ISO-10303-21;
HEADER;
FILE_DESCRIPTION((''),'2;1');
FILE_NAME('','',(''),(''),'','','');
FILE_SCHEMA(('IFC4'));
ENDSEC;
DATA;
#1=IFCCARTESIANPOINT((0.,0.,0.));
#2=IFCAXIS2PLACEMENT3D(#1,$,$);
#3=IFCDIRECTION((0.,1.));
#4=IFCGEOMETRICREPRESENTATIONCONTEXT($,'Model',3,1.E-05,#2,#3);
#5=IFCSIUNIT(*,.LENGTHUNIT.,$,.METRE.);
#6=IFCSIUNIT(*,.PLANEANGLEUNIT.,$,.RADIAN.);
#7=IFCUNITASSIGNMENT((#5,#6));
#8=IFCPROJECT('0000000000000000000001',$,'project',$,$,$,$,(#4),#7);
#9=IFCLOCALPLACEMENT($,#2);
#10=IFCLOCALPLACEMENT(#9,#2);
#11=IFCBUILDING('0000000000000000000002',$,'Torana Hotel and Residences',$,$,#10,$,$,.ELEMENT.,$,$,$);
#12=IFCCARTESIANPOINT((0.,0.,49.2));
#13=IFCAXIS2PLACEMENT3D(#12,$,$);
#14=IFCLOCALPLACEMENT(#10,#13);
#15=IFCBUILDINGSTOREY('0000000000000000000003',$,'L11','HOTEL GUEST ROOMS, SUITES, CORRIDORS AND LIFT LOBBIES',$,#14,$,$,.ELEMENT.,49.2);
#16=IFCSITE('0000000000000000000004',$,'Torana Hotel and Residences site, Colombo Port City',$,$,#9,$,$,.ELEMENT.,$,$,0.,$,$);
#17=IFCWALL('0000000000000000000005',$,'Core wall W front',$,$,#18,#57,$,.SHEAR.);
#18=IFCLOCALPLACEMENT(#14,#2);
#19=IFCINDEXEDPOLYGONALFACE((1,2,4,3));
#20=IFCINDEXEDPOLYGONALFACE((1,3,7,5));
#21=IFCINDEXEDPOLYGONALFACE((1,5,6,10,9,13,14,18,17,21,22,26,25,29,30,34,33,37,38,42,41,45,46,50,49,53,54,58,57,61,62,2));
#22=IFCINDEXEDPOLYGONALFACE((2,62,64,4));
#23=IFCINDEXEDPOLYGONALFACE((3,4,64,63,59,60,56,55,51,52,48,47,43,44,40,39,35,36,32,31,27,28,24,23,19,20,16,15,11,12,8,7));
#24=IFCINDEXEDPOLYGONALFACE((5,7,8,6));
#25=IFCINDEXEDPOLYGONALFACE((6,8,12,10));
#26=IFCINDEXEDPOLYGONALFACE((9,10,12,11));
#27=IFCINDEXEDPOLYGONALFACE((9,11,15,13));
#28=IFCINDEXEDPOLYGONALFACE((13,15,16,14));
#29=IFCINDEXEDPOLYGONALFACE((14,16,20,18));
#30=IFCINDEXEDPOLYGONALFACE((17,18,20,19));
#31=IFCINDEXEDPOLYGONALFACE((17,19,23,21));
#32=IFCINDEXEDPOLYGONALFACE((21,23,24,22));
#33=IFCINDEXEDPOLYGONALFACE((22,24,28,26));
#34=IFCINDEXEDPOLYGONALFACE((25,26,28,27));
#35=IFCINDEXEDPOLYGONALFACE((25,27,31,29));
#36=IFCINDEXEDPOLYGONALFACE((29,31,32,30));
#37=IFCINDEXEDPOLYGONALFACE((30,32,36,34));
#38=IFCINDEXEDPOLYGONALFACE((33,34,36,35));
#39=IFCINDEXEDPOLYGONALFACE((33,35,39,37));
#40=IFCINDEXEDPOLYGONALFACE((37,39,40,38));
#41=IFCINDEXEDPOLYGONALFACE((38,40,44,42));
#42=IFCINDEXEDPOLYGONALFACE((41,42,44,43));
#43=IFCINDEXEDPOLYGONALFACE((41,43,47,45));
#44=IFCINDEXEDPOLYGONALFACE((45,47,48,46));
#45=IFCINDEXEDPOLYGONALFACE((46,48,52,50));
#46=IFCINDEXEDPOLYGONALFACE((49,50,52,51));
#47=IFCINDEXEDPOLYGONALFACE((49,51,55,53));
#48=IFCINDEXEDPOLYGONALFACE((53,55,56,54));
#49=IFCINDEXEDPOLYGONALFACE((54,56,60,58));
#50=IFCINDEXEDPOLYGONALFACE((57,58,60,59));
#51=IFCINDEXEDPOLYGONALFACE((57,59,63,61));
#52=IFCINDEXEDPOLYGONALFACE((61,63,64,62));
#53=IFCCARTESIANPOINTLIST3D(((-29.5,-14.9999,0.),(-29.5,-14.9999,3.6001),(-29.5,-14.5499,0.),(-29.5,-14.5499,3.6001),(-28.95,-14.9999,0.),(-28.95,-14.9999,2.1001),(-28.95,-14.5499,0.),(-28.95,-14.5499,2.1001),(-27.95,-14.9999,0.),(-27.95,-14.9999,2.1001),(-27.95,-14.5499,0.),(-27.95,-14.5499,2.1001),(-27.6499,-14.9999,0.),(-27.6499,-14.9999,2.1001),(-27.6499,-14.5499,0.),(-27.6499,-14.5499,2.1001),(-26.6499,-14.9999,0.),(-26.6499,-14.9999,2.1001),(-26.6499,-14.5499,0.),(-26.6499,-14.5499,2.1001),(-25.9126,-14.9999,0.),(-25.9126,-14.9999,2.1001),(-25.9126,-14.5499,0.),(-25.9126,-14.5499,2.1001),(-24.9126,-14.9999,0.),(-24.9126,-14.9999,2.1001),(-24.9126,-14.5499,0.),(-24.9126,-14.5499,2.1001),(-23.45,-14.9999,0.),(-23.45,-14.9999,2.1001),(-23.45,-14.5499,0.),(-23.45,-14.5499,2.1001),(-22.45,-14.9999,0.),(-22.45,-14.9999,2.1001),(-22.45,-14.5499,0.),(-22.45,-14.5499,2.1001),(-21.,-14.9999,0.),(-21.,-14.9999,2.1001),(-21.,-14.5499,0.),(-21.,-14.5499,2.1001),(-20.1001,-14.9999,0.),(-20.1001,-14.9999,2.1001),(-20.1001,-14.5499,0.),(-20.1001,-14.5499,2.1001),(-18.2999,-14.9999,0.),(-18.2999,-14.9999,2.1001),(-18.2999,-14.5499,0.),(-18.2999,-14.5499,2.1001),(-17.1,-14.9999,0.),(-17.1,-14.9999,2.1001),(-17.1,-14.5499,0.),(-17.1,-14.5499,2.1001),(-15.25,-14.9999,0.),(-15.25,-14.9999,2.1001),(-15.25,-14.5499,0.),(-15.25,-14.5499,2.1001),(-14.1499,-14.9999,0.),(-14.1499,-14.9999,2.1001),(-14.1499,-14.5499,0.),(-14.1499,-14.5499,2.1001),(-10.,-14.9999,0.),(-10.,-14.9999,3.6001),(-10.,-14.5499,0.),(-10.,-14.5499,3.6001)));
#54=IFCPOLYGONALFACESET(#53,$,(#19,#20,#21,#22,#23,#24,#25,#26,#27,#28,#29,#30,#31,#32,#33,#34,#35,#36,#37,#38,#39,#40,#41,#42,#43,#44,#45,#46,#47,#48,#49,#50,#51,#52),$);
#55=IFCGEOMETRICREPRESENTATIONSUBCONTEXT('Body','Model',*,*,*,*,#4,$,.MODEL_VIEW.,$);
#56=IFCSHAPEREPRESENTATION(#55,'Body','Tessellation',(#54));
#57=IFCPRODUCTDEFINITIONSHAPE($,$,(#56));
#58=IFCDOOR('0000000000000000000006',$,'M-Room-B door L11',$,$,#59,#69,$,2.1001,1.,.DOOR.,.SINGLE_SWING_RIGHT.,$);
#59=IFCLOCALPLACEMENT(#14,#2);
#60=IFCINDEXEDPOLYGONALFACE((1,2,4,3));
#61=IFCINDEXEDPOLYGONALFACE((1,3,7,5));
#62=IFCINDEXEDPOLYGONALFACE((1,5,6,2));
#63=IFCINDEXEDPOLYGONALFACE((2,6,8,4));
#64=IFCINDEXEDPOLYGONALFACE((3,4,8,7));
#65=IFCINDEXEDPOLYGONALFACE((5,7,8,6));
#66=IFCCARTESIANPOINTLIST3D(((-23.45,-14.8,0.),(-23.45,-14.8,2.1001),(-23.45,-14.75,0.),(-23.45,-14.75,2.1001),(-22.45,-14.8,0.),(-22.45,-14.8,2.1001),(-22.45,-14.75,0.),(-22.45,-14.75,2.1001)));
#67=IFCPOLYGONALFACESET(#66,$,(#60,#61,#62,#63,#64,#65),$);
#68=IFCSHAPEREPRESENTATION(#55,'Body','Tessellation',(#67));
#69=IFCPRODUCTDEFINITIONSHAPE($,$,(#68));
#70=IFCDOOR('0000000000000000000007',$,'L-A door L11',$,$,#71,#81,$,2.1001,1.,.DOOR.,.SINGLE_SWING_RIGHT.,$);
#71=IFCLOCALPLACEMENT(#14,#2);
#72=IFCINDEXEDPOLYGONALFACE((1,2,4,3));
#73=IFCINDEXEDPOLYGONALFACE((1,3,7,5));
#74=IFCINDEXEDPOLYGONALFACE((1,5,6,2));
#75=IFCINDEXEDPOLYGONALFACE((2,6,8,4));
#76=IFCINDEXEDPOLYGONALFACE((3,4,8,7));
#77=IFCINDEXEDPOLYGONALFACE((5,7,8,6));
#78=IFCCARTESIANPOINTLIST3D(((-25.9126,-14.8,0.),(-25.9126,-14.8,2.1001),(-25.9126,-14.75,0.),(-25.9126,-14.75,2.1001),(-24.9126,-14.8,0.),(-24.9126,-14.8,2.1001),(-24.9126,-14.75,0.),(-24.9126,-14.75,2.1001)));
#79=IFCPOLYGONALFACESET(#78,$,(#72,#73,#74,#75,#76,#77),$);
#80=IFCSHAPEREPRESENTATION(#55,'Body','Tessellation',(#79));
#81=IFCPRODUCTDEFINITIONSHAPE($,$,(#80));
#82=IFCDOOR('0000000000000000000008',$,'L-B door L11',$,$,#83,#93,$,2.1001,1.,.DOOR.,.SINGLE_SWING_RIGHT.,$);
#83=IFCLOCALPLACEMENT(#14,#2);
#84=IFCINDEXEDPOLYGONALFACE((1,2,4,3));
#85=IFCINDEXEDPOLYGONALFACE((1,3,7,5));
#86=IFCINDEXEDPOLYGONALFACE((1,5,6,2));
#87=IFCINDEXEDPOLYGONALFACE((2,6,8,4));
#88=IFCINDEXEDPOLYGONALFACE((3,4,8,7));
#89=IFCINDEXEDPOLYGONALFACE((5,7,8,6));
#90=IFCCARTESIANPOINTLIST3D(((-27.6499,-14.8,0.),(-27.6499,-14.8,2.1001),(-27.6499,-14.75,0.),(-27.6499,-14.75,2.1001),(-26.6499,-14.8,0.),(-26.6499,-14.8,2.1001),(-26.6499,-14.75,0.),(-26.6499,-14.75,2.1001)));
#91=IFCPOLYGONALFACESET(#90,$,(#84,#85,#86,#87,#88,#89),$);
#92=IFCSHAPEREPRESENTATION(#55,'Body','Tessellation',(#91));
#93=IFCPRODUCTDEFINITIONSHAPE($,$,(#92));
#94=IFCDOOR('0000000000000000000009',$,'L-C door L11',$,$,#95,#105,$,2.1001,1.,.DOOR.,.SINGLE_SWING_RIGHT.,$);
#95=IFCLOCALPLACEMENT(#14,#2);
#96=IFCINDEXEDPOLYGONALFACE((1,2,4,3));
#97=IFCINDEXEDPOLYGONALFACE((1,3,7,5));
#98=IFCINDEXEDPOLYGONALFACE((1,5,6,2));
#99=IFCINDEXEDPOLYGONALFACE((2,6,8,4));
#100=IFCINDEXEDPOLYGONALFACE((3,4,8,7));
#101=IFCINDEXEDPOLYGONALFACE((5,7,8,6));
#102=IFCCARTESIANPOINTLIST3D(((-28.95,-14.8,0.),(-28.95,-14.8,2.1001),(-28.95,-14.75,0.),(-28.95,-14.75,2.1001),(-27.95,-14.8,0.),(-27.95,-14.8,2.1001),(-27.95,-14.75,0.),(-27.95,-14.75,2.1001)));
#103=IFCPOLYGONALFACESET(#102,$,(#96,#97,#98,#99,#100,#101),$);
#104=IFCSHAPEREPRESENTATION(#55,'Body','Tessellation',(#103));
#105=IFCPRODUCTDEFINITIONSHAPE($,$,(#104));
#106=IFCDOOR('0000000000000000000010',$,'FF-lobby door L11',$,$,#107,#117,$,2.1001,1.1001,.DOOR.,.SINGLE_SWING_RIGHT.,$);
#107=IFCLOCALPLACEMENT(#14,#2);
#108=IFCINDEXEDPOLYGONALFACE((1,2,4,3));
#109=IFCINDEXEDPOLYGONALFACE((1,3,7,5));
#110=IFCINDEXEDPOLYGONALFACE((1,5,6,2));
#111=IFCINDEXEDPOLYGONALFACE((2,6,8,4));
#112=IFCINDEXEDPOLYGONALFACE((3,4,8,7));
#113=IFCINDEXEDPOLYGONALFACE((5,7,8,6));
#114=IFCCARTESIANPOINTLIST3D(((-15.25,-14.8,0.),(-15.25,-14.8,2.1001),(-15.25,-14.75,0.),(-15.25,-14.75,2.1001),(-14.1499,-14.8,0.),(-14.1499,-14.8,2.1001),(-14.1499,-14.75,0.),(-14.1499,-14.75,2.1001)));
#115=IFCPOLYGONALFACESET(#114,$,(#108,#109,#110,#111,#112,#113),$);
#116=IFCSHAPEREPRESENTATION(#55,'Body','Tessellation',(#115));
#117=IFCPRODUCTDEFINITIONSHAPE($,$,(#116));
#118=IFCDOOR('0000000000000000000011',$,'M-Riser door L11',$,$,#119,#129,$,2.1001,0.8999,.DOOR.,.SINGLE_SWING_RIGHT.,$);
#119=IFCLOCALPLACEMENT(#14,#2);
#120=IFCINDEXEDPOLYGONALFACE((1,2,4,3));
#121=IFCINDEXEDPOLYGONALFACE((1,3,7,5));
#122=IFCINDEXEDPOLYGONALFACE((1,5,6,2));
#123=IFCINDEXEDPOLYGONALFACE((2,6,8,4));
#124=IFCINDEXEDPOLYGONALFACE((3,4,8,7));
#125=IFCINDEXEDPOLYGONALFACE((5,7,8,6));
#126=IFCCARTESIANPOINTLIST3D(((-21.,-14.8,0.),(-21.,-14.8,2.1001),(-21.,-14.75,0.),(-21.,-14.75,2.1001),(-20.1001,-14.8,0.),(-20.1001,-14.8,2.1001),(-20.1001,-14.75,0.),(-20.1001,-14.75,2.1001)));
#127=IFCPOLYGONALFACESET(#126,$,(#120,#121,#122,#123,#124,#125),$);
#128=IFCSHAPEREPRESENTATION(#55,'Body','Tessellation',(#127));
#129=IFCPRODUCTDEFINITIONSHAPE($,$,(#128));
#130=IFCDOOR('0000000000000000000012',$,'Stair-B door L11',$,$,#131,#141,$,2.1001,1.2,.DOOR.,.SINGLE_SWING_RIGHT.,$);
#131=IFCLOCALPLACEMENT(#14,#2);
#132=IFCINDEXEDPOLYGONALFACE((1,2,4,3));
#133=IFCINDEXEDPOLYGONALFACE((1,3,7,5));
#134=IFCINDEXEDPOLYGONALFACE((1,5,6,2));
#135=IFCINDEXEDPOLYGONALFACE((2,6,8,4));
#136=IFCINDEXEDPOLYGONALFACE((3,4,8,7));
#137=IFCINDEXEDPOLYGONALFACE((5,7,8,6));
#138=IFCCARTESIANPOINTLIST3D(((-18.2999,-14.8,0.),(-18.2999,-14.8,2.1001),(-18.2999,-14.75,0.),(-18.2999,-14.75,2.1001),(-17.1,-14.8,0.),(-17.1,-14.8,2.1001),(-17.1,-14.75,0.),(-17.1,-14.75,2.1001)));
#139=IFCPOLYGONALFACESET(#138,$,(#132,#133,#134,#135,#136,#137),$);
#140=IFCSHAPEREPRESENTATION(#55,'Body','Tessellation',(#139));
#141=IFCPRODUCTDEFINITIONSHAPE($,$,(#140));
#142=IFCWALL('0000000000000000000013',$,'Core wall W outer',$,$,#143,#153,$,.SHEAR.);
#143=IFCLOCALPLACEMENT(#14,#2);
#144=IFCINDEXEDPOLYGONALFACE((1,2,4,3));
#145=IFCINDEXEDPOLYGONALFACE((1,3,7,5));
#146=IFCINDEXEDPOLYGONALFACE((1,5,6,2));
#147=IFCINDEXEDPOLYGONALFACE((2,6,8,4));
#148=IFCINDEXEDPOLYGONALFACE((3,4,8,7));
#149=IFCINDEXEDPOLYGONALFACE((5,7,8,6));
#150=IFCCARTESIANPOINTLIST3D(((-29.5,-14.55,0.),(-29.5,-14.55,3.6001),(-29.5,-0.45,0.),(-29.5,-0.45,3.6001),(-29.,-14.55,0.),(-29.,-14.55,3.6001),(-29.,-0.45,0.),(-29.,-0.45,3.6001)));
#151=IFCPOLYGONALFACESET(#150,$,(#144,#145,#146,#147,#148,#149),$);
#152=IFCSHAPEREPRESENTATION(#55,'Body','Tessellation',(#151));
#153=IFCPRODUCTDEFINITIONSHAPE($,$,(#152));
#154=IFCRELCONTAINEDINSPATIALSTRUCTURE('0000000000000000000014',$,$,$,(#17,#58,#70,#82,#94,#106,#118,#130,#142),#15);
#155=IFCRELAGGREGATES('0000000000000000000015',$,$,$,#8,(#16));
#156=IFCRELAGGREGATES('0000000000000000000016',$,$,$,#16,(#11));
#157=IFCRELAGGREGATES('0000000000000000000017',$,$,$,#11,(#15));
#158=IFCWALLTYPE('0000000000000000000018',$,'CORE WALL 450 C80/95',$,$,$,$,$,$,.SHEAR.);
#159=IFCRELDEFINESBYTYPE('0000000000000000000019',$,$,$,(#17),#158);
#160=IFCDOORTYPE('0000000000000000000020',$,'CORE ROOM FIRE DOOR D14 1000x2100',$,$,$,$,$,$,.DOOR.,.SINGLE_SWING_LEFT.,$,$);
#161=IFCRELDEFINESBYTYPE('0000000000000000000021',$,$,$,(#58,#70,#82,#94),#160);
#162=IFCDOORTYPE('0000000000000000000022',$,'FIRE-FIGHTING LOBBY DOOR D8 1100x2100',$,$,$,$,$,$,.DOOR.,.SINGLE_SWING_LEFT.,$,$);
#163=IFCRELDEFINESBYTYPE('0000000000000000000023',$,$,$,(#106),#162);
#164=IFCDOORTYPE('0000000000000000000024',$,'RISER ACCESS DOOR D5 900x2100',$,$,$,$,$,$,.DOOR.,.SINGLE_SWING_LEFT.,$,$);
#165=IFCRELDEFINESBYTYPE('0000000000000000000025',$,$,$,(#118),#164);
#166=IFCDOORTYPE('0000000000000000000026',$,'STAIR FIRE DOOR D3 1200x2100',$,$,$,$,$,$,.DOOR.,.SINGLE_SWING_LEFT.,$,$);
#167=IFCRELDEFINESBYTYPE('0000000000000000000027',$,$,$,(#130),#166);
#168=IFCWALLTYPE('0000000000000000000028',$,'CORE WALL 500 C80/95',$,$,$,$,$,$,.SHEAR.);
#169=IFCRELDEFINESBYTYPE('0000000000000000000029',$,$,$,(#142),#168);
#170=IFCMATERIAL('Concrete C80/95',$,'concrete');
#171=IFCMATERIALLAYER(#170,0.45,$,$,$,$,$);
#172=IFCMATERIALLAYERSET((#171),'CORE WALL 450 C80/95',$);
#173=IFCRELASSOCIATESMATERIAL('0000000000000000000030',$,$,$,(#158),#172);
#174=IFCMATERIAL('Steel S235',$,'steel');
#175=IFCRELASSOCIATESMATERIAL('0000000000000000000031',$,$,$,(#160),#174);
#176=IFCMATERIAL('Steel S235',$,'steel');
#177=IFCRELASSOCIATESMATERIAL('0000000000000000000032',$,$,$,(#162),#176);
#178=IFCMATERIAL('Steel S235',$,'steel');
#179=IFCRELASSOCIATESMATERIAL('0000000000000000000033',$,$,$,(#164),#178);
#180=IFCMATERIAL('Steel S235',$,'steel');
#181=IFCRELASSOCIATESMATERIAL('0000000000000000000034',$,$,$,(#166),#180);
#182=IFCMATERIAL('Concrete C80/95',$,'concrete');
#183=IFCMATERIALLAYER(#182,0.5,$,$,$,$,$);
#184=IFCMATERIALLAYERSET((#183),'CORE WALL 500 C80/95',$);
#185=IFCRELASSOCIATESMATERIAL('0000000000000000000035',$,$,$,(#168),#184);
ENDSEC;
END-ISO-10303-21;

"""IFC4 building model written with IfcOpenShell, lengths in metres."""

from ifc_helpers import new_model, si_unit, direction, frame, frame_2d, origin, place, context, subcontext, project, spatial, rectangle, extrude, material, layer, layer_set, type_object, element, fill, save


model = new_model("IFC4")

# Units and contexts
model_context = context("Model", 3, precision=1e-05, world=origin(), true_north=direction((0.0, 1.0)))
body_context = subcontext(model_context, "Body", "Model", "MODEL_VIEW")
ifc_project = project(units=[si_unit("LENGTHUNIT", "METRE"), si_unit("PLANEANGLEUNIT", "RADIAN")], contexts=[model_context])

# Site, building, storey
site_placement = place(None, origin())
site = spatial("IfcSite", under=ifc_project, at=site_placement, Name="Torana Hotel and Residences site, Colombo Port City", CompositionType="ELEMENT", RefElevation=0.0)
building_placement = place(site_placement, origin())
building = spatial("IfcBuilding", under=site, at=building_placement, Name="Torana Hotel and Residences", CompositionType="ELEMENT")
storey_placement = place(building_placement, frame((0.0, 0.0, 49.2)))
storey = spatial("IfcBuildingStorey", under=building, at=storey_placement, Name="L11", Description="HOTEL GUEST ROOMS, SUITES, CORRIDORS AND LIFT LOBBIES", CompositionType="ELEMENT", Elevation=49.2)

# Wall, openings, doors
ifc_material_1 = material(Name="Concrete C80/95", Category="concrete")
ifc_layer_1 = layer(ifc_material_1, 0.45)
ifc_layer_set_1 = layer_set([ifc_layer_1], Name="CORE WALL 450 C80/95")
wall_type_1 = type_object("IfcWallType", Name="CORE WALL 450 C80/95", PredefinedType="SHEAR", material=ifc_layer_set_1)
wall_1_placement = place(storey_placement, frame((-29.5, -14.7749, 0.0), z_axis=(0.0, 0.0, 1.0), x_axis=(1.0, 0.0, 0.0)))
wall_1 = element("IfcWall", 1, at=wall_1_placement, inside=storey, type_object=wall_type_1, Name="Core wall W front", PredefinedType="SHEAR", context=body_context, shape_type="SweptSolid", body=[
    extrude(rectangle(XDim=19.5, YDim=0.45, at=frame_2d((9.75, 0.0))), origin(), (0.0, 0.0, 1.0), 3.6001),
])
opening_1_placement = place(wall_1_placement, frame((11.2, 0.0, 0.0)))
opening_1 = element("IfcOpeningElement", 2, at=opening_1_placement, cuts=wall_1, PredefinedType="OPENING", context=body_context, shape_type="SweptSolid", body=[
    extrude(rectangle(XDim=1.2, YDim=2.1001, at=frame_2d((0.6001, 1.05))), frame((0.0, 0.2349, 0.0), z_axis=(0.0, -1.0, 0.0), x_axis=(1.0, 0.0, 0.0)), (0.0, 0.0, 1.0), 0.47),
])
opening_2_placement = place(wall_1_placement, frame((14.25, 0.0, 0.0)))
opening_2 = element("IfcOpeningElement", 3, at=opening_2_placement, cuts=wall_1, PredefinedType="OPENING", context=body_context, shape_type="SweptSolid", body=[
    extrude(rectangle(XDim=1.1001, YDim=2.1001, at=frame_2d((0.55, 1.05))), frame((0.0, 0.2349, 0.0), z_axis=(0.0, -1.0, 0.0), x_axis=(1.0, 0.0, 0.0)), (0.0, 0.0, 1.0), 0.47),
])
opening_3_placement = place(wall_1_placement, frame((8.5, 0.0, 0.0)))
opening_3 = element("IfcOpeningElement", 4, at=opening_3_placement, cuts=wall_1, PredefinedType="OPENING", context=body_context, shape_type="SweptSolid", body=[
    extrude(rectangle(XDim=0.8999, YDim=2.1001, at=frame_2d((0.45, 1.05))), frame((0.0, 0.2349, 0.0), z_axis=(0.0, -1.0, 0.0), x_axis=(1.0, 0.0, 0.0)), (0.0, 0.0, 1.0), 0.47),
])
opening_4_placement = place(wall_1_placement, frame((6.05, 0.0, 0.0)))
opening_4 = element("IfcOpeningElement", 5, at=opening_4_placement, cuts=wall_1, PredefinedType="OPENING", context=body_context, shape_type="SweptSolid", body=[
    extrude(rectangle(XDim=1.0, YDim=2.1001, at=frame_2d((0.5, 1.05))), frame((0.0, 0.2349, 0.0), z_axis=(0.0, -1.0, 0.0), x_axis=(1.0, 0.0, 0.0)), (0.0, 0.0, 1.0), 0.47),
])
opening_5_placement = place(wall_1_placement, frame((3.5874, 0.0, 0.0)))
opening_5 = element("IfcOpeningElement", 6, at=opening_5_placement, cuts=wall_1, PredefinedType="OPENING", context=body_context, shape_type="SweptSolid", body=[
    extrude(rectangle(XDim=1.0, YDim=2.1001, at=frame_2d((0.5, 1.05))), frame((0.0, 0.2349, 0.0), z_axis=(0.0, -1.0, 0.0), x_axis=(1.0, 0.0, 0.0)), (0.0, 0.0, 1.0), 0.47),
])
opening_6_placement = place(wall_1_placement, frame((1.8501, 0.0, 0.0)))
opening_6 = element("IfcOpeningElement", 7, at=opening_6_placement, cuts=wall_1, PredefinedType="OPENING", context=body_context, shape_type="SweptSolid", body=[
    extrude(rectangle(XDim=1.0, YDim=2.1001, at=frame_2d((0.5, 1.05))), frame((0.0, 0.2349, 0.0), z_axis=(0.0, -1.0, 0.0), x_axis=(1.0, 0.0, 0.0)), (0.0, 0.0, 1.0), 0.47),
])
opening_7_placement = place(wall_1_placement, frame((0.55, 0.0, 0.0)))
opening_7 = element("IfcOpeningElement", 8, at=opening_7_placement, cuts=wall_1, PredefinedType="OPENING", context=body_context, shape_type="SweptSolid", body=[
    extrude(rectangle(XDim=1.0, YDim=2.1001, at=frame_2d((0.5, 1.05))), frame((0.0, 0.2349, 0.0), z_axis=(0.0, -1.0, 0.0), x_axis=(1.0, 0.0, 0.0)), (0.0, 0.0, 1.0), 0.47),
])
ifc_material_2 = material(Name="Steel S235", Category="steel")
door_type_1 = type_object("IfcDoorType", Name="CORE ROOM FIRE DOOR D14 1000x2100", OperationType="SINGLE_SWING_LEFT", PredefinedType="DOOR", material=ifc_material_2)
door_1_placement = place(opening_4_placement, origin())
door_1 = element("IfcDoor", 9, at=door_1_placement, inside=storey, type_object=door_type_1, Name="M-Room-B door L11", OperationType="SINGLE_SWING_RIGHT", OverallHeight=2.1001, OverallWidth=1.0, PredefinedType="DOOR", context=body_context, shape_type="SweptSolid", body=[
    extrude(rectangle(XDim=1.0, YDim=2.1001, at=frame_2d((0.5, 1.05))), frame((0.0, 0.0249, 0.0), z_axis=(0.0, -1.0, 0.0), x_axis=(1.0, 0.0, 0.0)), (0.0, 0.0, 1.0), 0.05),
])
fill(opening_4, door_1)
door_2_placement = place(opening_5_placement, origin())
door_2 = element("IfcDoor", 10, at=door_2_placement, inside=storey, type_object=door_type_1, Name="L-A door L11", OperationType="SINGLE_SWING_RIGHT", OverallHeight=2.1001, OverallWidth=1.0, PredefinedType="DOOR", context=body_context, shape_type="SweptSolid", body=[
    extrude(rectangle(XDim=1.0, YDim=2.1001, at=frame_2d((0.5, 1.05))), frame((0.0, 0.0249, 0.0), z_axis=(0.0, -1.0, 0.0), x_axis=(1.0, 0.0, 0.0)), (0.0, 0.0, 1.0), 0.05),
])
fill(opening_5, door_2)
door_3_placement = place(opening_6_placement, origin())
door_3 = element("IfcDoor", 11, at=door_3_placement, inside=storey, type_object=door_type_1, Name="L-B door L11", OperationType="SINGLE_SWING_RIGHT", OverallHeight=2.1001, OverallWidth=1.0, PredefinedType="DOOR", context=body_context, shape_type="SweptSolid", body=[
    extrude(rectangle(XDim=1.0, YDim=2.1001, at=frame_2d((0.5, 1.05))), frame((0.0, 0.0249, 0.0), z_axis=(0.0, -1.0, 0.0), x_axis=(1.0, 0.0, 0.0)), (0.0, 0.0, 1.0), 0.05),
])
fill(opening_6, door_3)
door_4_placement = place(opening_7_placement, origin())
door_4 = element("IfcDoor", 12, at=door_4_placement, inside=storey, type_object=door_type_1, Name="L-C door L11", OperationType="SINGLE_SWING_RIGHT", OverallHeight=2.1001, OverallWidth=1.0, PredefinedType="DOOR", context=body_context, shape_type="SweptSolid", body=[
    extrude(rectangle(XDim=1.0, YDim=2.1001, at=frame_2d((0.5, 1.05))), frame((0.0, 0.0249, 0.0), z_axis=(0.0, -1.0, 0.0), x_axis=(1.0, 0.0, 0.0)), (0.0, 0.0, 1.0), 0.05),
])
fill(opening_7, door_4)
ifc_material_3 = material(Name="Steel S235", Category="steel")
door_type_2 = type_object("IfcDoorType", Name="FIRE-FIGHTING LOBBY DOOR D8 1100x2100", OperationType="SINGLE_SWING_LEFT", PredefinedType="DOOR", material=ifc_material_3)
door_5_placement = place(opening_2_placement, origin())
door_5 = element("IfcDoor", 13, at=door_5_placement, inside=storey, type_object=door_type_2, Name="FF-lobby door L11", OperationType="SINGLE_SWING_RIGHT", OverallHeight=2.1001, OverallWidth=1.1001, PredefinedType="DOOR", context=body_context, shape_type="SweptSolid", body=[
    extrude(rectangle(XDim=1.1001, YDim=2.1001, at=frame_2d((0.55, 1.05))), frame((0.0, 0.0249, 0.0), z_axis=(0.0, -1.0, 0.0), x_axis=(1.0, 0.0, 0.0)), (0.0, 0.0, 1.0), 0.05),
])
fill(opening_2, door_5)
ifc_material_4 = material(Name="Steel S235", Category="steel")
door_type_3 = type_object("IfcDoorType", Name="RISER ACCESS DOOR D5 900x2100", OperationType="SINGLE_SWING_LEFT", PredefinedType="DOOR", material=ifc_material_4)
door_6_placement = place(opening_3_placement, origin())
door_6 = element("IfcDoor", 14, at=door_6_placement, inside=storey, type_object=door_type_3, Name="M-Riser door L11", OperationType="SINGLE_SWING_RIGHT", OverallHeight=2.1001, OverallWidth=0.8999, PredefinedType="DOOR", context=body_context, shape_type="SweptSolid", body=[
    extrude(rectangle(XDim=0.8999, YDim=2.1001, at=frame_2d((0.45, 1.05))), frame((0.0, 0.0249, 0.0), z_axis=(0.0, -1.0, 0.0), x_axis=(1.0, 0.0, 0.0)), (0.0, 0.0, 1.0), 0.05),
])
fill(opening_3, door_6)
ifc_material_5 = material(Name="Steel S235", Category="steel")
door_type_4 = type_object("IfcDoorType", Name="STAIR FIRE DOOR D3 1200x2100", OperationType="SINGLE_SWING_LEFT", PredefinedType="DOOR", material=ifc_material_5)
door_7_placement = place(opening_1_placement, origin())
door_7 = element("IfcDoor", 15, at=door_7_placement, inside=storey, type_object=door_type_4, Name="Stair-B door L11", OperationType="SINGLE_SWING_RIGHT", OverallHeight=2.1001, OverallWidth=1.2, PredefinedType="DOOR", context=body_context, shape_type="SweptSolid", body=[
    extrude(rectangle(XDim=1.2, YDim=2.1001, at=frame_2d((0.6001, 1.05))), frame((0.0, 0.0249, 0.0), z_axis=(0.0, -1.0, 0.0), x_axis=(1.0, 0.0, 0.0)), (0.0, 0.0, 1.0), 0.05),
])
fill(opening_1, door_7)

# Wall
ifc_material_6 = material(Name="Concrete C80/95", Category="concrete")
ifc_layer_2 = layer(ifc_material_6, 0.5)
ifc_layer_set_2 = layer_set([ifc_layer_2], Name="CORE WALL 500 C80/95")
wall_type_2 = type_object("IfcWallType", Name="CORE WALL 500 C80/95", PredefinedType="SHEAR", material=ifc_layer_set_2)
wall_2_placement = place(storey_placement, frame((-29.25, -14.55, 0.0), z_axis=(0.0, 0.0, 1.0), x_axis=(0.0, 1.0, 0.0)))
element("IfcWall", 16, at=wall_2_placement, inside=storey, type_object=wall_type_2, Name="Core wall W outer", PredefinedType="SHEAR", context=body_context, shape_type="SweptSolid", body=[
    extrude(rectangle(XDim=14.1001, YDim=0.5, at=frame_2d((7.05, 0.0))), origin(), (0.0, 0.0, 1.0), 3.6001),
])

save(model, "model.ifc")
